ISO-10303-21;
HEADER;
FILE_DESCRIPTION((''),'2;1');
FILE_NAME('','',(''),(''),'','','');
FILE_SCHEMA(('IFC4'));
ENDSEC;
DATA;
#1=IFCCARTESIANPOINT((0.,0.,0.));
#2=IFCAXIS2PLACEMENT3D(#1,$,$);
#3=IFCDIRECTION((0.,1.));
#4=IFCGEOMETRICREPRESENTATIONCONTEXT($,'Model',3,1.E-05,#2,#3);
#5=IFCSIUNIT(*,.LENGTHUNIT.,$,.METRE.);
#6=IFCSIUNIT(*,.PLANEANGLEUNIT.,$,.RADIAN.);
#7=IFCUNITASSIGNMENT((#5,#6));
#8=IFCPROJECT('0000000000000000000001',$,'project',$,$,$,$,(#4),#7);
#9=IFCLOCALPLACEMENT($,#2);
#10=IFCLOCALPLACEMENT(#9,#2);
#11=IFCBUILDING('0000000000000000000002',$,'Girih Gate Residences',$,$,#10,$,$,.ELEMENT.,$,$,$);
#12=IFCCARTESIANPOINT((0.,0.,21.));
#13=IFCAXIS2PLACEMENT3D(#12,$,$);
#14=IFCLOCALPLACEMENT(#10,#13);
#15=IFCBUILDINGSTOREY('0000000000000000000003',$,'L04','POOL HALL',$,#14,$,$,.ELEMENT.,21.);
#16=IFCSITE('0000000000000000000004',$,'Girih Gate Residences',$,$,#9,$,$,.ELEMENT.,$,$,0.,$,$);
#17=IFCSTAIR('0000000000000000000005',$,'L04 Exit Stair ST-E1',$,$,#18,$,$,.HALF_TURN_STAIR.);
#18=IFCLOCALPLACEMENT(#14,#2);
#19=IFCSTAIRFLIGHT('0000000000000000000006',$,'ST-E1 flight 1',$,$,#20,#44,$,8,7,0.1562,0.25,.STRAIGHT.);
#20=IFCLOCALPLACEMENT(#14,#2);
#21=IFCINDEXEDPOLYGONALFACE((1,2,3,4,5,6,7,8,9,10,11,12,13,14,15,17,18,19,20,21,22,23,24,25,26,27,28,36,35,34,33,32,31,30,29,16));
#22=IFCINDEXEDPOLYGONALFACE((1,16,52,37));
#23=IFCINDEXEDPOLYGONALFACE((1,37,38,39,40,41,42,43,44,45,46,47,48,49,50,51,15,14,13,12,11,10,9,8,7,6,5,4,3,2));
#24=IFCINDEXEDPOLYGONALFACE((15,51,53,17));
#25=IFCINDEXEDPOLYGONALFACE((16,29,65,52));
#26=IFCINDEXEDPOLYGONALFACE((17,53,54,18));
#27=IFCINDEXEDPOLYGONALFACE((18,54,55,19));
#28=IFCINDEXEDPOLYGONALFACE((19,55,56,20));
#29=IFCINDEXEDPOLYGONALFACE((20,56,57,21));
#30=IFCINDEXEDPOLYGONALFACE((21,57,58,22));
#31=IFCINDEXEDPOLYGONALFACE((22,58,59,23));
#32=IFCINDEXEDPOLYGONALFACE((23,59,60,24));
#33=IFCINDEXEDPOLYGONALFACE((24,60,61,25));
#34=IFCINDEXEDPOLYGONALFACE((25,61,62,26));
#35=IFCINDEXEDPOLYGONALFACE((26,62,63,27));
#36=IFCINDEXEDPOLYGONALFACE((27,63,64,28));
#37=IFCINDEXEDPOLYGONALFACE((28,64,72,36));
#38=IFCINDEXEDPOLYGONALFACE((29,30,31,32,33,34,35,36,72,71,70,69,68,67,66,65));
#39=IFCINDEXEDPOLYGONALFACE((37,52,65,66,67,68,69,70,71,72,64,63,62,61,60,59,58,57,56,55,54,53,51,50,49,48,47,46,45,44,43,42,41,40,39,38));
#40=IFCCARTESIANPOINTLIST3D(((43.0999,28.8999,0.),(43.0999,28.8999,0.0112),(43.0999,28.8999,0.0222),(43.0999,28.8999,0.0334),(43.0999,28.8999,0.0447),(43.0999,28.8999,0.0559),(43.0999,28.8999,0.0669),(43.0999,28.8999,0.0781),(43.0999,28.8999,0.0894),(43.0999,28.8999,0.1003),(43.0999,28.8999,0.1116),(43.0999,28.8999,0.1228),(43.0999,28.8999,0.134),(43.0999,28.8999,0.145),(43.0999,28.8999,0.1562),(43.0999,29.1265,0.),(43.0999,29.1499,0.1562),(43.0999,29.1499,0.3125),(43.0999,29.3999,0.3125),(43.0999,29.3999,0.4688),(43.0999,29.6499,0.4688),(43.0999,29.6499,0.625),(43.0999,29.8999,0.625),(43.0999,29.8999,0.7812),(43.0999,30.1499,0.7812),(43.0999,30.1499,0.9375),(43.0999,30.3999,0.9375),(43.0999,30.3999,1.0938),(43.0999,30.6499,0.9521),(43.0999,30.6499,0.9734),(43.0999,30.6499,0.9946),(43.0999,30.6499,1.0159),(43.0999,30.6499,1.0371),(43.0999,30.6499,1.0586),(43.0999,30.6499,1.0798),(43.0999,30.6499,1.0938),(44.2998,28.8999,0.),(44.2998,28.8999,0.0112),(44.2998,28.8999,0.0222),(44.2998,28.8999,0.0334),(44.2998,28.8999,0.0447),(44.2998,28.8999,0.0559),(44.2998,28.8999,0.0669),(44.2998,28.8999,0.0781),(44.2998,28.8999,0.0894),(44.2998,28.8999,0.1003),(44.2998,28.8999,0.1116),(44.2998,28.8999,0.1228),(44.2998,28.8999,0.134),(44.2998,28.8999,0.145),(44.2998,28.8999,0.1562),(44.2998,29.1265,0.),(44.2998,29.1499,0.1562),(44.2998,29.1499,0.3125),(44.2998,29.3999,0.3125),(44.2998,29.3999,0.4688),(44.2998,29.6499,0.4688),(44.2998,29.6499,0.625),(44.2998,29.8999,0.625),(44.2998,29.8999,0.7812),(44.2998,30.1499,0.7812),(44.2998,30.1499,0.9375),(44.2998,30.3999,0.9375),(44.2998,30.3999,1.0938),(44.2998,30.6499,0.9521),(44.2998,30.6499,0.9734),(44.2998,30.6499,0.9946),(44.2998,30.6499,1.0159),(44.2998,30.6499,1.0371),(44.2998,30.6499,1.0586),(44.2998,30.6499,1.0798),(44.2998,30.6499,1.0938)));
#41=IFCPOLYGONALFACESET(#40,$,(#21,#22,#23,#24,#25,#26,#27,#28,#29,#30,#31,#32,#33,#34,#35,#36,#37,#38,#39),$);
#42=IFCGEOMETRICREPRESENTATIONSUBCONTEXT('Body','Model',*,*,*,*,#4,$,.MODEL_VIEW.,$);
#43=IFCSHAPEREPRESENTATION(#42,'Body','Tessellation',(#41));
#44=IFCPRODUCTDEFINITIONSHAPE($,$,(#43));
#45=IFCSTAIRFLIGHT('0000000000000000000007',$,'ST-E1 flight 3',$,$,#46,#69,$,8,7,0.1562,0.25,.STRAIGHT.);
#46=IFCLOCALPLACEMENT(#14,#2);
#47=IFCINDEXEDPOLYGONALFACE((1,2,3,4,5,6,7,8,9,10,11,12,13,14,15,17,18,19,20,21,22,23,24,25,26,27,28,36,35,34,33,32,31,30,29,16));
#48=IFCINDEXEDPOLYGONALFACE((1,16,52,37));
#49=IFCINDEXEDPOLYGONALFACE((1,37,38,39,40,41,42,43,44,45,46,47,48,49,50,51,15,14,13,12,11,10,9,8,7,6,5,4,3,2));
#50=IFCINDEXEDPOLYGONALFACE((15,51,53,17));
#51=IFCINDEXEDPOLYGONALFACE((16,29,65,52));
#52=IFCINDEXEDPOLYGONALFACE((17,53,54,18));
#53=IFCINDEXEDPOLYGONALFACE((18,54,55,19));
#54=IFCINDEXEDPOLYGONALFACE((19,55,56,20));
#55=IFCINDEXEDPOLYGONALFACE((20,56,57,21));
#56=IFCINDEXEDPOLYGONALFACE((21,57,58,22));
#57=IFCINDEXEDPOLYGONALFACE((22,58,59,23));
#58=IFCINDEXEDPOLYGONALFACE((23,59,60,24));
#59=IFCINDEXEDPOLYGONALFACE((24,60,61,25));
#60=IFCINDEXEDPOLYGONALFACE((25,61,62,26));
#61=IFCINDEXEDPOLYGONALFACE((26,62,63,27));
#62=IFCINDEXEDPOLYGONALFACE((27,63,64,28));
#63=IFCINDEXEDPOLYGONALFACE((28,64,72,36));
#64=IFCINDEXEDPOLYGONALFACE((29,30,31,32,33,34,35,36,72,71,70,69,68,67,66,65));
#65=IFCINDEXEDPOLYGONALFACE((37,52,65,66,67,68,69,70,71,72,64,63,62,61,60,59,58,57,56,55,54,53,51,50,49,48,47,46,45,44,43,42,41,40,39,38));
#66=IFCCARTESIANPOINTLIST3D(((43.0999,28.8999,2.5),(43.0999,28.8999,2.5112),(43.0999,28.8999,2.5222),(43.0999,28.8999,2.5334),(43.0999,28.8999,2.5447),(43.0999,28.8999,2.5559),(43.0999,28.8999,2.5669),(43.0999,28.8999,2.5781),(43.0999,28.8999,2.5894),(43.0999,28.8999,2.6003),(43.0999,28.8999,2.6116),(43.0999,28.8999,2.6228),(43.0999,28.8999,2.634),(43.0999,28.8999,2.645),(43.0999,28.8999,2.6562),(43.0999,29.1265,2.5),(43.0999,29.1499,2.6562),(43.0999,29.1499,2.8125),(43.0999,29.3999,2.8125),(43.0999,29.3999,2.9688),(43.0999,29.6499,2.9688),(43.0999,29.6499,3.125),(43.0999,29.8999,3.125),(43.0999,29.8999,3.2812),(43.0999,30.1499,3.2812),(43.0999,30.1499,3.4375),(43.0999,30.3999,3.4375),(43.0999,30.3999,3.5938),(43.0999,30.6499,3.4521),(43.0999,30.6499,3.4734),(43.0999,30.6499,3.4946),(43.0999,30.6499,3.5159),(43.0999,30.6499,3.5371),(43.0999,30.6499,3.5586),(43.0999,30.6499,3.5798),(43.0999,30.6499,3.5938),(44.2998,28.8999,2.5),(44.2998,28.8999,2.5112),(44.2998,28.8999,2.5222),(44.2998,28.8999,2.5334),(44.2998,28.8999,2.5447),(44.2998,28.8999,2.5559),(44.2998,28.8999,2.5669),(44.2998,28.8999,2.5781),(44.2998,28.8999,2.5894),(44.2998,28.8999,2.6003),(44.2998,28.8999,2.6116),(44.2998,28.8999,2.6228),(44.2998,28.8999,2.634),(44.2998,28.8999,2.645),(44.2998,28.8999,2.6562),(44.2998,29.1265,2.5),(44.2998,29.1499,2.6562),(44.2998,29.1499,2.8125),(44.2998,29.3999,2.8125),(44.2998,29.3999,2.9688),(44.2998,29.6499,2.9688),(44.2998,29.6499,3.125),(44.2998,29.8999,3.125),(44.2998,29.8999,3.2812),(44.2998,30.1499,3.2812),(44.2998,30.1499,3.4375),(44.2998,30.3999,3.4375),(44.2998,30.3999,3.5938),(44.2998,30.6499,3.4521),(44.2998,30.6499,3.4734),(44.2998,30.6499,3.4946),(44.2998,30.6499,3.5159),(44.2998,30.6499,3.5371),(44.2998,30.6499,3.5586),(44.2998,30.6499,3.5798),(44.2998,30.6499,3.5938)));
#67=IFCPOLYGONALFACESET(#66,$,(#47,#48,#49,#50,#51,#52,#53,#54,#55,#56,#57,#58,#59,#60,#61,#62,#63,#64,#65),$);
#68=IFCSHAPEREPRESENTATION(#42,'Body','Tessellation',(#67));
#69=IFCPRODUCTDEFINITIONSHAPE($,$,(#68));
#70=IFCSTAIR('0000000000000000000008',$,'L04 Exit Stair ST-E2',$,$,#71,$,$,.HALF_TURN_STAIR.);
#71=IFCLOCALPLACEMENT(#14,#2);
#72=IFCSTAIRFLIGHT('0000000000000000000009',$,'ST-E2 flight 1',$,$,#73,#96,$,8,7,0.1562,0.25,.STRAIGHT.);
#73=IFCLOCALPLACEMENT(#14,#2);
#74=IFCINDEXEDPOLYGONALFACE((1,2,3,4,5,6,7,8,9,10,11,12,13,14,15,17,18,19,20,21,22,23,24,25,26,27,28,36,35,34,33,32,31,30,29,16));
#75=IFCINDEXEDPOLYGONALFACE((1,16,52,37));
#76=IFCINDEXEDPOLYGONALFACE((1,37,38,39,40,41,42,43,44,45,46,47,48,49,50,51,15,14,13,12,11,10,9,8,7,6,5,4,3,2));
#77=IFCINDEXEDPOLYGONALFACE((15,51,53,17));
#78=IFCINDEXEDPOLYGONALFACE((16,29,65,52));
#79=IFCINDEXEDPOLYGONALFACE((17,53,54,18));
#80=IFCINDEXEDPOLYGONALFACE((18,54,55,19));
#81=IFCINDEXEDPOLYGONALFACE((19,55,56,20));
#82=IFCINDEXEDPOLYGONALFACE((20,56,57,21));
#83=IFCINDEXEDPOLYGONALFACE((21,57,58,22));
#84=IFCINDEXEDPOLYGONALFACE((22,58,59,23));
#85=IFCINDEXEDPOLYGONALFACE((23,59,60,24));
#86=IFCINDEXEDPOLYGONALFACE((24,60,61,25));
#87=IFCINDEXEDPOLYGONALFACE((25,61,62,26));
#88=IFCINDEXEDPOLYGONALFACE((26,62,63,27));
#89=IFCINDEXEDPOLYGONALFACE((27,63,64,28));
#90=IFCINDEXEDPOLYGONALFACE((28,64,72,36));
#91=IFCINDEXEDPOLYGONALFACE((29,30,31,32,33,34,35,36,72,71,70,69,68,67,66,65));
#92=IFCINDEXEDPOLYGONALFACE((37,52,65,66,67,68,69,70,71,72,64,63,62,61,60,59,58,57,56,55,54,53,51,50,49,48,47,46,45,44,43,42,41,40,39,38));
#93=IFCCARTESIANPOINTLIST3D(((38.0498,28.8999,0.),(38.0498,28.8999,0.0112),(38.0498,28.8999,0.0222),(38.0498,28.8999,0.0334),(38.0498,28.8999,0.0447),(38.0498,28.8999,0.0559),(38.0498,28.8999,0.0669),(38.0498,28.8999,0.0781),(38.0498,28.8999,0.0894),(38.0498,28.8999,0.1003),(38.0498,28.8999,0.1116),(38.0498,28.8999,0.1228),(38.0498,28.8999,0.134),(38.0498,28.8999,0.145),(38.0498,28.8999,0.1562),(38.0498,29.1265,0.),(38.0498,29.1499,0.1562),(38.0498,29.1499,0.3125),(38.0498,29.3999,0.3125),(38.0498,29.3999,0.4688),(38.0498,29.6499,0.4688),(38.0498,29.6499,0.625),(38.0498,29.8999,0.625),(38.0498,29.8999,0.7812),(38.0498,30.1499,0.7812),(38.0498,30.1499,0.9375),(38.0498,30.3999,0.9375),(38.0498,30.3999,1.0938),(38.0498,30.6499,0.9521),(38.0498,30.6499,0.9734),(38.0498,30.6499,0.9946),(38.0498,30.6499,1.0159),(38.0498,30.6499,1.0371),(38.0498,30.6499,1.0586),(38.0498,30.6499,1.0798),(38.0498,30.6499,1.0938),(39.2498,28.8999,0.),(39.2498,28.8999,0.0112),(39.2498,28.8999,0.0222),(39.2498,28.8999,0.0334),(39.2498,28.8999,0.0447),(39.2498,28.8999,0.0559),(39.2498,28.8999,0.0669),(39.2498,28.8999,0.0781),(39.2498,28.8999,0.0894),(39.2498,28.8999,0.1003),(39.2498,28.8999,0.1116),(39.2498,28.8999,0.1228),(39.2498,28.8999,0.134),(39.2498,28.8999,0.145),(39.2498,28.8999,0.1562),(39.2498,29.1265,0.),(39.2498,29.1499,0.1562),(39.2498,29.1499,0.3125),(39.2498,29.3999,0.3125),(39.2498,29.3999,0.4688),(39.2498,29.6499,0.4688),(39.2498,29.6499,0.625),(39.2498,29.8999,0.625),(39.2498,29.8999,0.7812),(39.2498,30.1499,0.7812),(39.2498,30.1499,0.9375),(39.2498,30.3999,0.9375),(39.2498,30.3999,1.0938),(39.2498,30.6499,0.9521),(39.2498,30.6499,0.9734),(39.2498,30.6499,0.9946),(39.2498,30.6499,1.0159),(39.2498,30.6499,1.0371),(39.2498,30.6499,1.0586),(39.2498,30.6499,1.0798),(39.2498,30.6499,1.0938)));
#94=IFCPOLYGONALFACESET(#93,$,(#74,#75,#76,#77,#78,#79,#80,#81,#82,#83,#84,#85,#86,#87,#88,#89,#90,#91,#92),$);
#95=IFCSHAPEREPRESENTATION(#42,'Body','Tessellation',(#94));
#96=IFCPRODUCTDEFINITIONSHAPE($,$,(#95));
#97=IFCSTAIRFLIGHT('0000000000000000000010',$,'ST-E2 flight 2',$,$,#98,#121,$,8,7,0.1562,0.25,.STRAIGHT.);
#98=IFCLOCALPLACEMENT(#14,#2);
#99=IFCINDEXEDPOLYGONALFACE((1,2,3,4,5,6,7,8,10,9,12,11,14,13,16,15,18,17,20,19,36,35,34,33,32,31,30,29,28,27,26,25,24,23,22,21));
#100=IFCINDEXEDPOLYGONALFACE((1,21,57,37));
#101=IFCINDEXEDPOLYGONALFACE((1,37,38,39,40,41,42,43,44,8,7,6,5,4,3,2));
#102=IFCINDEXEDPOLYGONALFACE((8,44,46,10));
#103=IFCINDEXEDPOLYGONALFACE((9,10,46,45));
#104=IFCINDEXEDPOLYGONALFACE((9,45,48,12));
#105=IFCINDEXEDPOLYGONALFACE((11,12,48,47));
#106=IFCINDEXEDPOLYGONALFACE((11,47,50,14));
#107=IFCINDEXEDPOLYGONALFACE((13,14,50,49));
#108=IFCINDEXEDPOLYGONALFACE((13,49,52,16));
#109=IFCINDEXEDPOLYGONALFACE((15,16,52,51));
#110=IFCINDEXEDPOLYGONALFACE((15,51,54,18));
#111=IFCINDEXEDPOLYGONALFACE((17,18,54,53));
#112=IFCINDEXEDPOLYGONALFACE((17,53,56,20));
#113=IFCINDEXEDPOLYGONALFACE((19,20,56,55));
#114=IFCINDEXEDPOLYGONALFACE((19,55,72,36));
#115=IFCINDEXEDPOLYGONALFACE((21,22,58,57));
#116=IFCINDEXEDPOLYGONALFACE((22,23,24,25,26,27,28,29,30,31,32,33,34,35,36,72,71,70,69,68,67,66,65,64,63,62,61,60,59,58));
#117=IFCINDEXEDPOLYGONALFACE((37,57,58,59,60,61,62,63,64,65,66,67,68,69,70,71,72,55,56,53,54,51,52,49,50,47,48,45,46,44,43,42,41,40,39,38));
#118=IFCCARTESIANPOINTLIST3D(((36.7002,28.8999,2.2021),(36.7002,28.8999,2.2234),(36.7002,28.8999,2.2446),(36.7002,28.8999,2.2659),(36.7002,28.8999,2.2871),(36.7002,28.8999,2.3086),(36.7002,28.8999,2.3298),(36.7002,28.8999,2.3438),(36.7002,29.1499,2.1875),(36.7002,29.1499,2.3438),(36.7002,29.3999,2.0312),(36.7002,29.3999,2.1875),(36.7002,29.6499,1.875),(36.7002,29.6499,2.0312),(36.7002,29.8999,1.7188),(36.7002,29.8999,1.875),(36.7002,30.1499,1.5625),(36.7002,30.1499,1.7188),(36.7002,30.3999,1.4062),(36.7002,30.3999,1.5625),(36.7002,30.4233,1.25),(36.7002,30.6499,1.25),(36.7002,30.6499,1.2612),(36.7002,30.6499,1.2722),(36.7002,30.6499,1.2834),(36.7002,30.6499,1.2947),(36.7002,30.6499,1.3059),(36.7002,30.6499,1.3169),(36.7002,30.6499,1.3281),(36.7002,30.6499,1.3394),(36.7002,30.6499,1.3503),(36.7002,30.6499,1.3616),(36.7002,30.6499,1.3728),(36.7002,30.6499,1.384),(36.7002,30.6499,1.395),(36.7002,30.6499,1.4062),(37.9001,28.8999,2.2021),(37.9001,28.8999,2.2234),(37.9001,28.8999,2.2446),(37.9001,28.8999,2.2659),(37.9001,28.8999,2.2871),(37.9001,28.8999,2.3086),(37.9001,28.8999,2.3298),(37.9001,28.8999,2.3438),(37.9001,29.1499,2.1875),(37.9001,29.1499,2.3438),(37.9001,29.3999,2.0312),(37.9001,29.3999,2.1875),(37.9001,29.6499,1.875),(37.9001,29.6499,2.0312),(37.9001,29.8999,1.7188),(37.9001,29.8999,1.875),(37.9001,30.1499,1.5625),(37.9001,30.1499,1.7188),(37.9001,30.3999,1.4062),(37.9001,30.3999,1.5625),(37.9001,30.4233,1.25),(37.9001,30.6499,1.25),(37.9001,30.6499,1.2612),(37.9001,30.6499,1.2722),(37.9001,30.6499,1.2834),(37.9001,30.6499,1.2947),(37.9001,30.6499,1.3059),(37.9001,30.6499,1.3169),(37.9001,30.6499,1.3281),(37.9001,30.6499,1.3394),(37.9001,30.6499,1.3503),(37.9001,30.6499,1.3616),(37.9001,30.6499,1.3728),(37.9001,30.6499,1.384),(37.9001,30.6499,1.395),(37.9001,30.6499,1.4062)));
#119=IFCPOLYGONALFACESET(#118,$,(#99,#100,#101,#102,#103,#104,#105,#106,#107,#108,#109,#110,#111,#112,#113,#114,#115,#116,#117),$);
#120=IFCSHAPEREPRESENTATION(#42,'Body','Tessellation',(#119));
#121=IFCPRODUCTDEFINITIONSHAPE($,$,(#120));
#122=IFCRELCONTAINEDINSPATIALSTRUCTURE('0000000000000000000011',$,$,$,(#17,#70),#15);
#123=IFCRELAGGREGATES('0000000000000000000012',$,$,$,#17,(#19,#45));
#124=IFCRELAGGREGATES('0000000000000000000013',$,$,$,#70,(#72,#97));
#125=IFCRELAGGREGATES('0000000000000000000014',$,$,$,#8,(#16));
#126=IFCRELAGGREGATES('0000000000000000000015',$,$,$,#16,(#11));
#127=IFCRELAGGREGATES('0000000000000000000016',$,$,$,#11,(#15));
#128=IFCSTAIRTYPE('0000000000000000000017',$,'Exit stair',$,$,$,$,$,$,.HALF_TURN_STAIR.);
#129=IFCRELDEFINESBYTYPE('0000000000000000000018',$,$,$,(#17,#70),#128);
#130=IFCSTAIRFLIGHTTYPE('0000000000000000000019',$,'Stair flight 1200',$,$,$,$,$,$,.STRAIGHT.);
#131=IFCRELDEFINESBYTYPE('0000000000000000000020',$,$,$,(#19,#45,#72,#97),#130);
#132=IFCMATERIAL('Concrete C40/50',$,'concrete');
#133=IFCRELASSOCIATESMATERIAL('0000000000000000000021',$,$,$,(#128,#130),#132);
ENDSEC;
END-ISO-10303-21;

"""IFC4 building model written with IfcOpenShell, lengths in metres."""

from ifc_helpers import new_model, si_unit, direction, frame, origin, place, context, subcontext, project, spatial, polyline, outline, extrude, material, type_object, element, aggregate, save


model = new_model("IFC4")

# Units and contexts
model_context = context("Model", 3, precision=1e-05, world=origin(), true_north=direction((0.0, 1.0)))
body_context = subcontext(model_context, "Body", "Model", "MODEL_VIEW")
ifc_project = project(units=[si_unit("LENGTHUNIT", "METRE"), si_unit("PLANEANGLEUNIT", "RADIAN")], contexts=[model_context])

# Site, building, storey
site_placement = place(None, origin())
site = spatial("IfcSite", under=ifc_project, at=site_placement, Name="Girih Gate Residences", CompositionType="ELEMENT", RefElevation=0.0)
building_placement = place(site_placement, origin())
building = spatial("IfcBuilding", under=site, at=building_placement, Name="Girih Gate Residences", CompositionType="ELEMENT")
storey_placement = place(building_placement, frame((0.0, 0.0, 21.0)))
storey = spatial("IfcBuildingStorey", under=building, at=storey_placement, Name="L04", Description="POOL HALL", CompositionType="ELEMENT", Elevation=21.0)

# Stairs, stair flights
ifc_material_1 = material(Name="Concrete C40/50", Category="concrete")
stair_type = type_object("IfcStairType", Name="Exit stair", PredefinedType="HALF_TURN_STAIR", material=ifc_material_1)
stair_1_placement = place(storey_placement, origin())
stair_1 = element("IfcStair", 1, at=stair_1_placement, inside=storey, type_object=stair_type, Name="L04 Exit Stair ST-E1", PredefinedType="HALF_TURN_STAIR")
stair_flight_type = type_object("IfcStairFlightType", Name="Stair flight 1200", PredefinedType="STRAIGHT", material=ifc_material_1)
stair_flight_1_placement = place(storey_placement, frame((43.7, 28.8999, 0.0), z_axis=(0.0, 0.0, 1.0), x_axis=(0.0, 1.0, 0.0)))
stair_flight_1 = element("IfcStairFlight", 2, at=stair_flight_1_placement, type_object=stair_flight_type, Name="ST-E1 flight 1", NumberOfRisers=8, NumberOfTreads=7, PredefinedType="STRAIGHT", RiserHeight=0.1562, TreadLength=0.25, context=body_context, shape_type="SweptSolid", body=[
    extrude(outline(polyline([(0.0, 0.0), (0.0, 0.0112), (0.0, 0.0222), (0.0, 0.0334), (0.0, 0.0447), (0.0, 0.0559), (0.0, 0.0669), (0.0, 0.0781), (0.0, 0.0894), (0.0, 0.1003), (0.0, 0.1116), (0.0, 0.1228), (0.0, 0.134), (0.0, 0.145), (0.0, 0.1562), (0.25, 0.1562), (0.25, 0.3125), (0.5, 0.3125), (0.5, 0.4688), (0.75, 0.4688), (0.75, 0.625), (1.0, 0.625), (1.0, 0.7812), (1.25, 0.7812), (1.25, 0.9375), (1.5, 0.9375), (1.5, 1.0938), (1.75, 1.0938), (1.75, 1.105), (1.75, 1.116), (1.75, 1.1272), (1.75, 1.1384), (1.75, 1.1497), (1.75, 1.1606), (1.75, 1.1719), (1.75, 1.1831), (1.75, 1.1941), (1.75, 1.2053), (1.75, 1.2166), (1.75, 1.2278), (1.75, 1.2388), (1.75, 1.25), (1.75, 1.2288), (1.75, 1.2075), (1.75, 1.1863), (1.75, 1.1648), (1.75, 1.1436), (1.75, 1.1223), (1.75, 1.1011), (1.75, 1.0798), (1.75, 1.0586), (1.75, 1.0371), (1.75, 1.0159), (1.75, 0.9946), (1.75, 0.9734), (1.75, 0.9521), (0.2266, 0.0), (0.0, 0.0)])), frame((0.0, 0.6001, 0.0), z_axis=(0.0, -1.0, 0.0), x_axis=(1.0, 0.0, 0.0)), (0.0, 0.0, 1.0), 1.2),
])
stair_flight_2_placement = place(storey_placement, frame((43.7, 28.8999, 2.5), z_axis=(0.0, 0.0, 1.0), x_axis=(0.0, 1.0, 0.0)))
stair_flight_2 = element("IfcStairFlight", 3, at=stair_flight_2_placement, type_object=stair_flight_type, Name="ST-E1 flight 3", NumberOfRisers=8, NumberOfTreads=7, PredefinedType="STRAIGHT", RiserHeight=0.1562, TreadLength=0.25, context=body_context, shape_type="SweptSolid", body=[
    extrude(outline(polyline([(0.0, 0.0), (0.0, 0.0112), (0.0, 0.0222), (0.0, 0.0334), (0.0, 0.0447), (0.0, 0.0559), (0.0, 0.0669), (0.0, 0.0781), (0.0, 0.0894), (0.0, 0.1003), (0.0, 0.1116), (0.0, 0.1228), (0.0, 0.134), (0.0, 0.145), (0.0, 0.1562), (0.25, 0.1562), (0.25, 0.3125), (0.5, 0.3125), (0.5, 0.4688), (0.75, 0.4688), (0.75, 0.625), (1.0, 0.625), (1.0, 0.7812), (1.25, 0.7812), (1.25, 0.9375), (1.5, 0.9375), (1.5, 1.0938), (1.75, 1.0938), (1.75, 1.105), (1.75, 1.116), (1.75, 1.1272), (1.75, 1.1384), (1.75, 1.1497), (1.75, 1.1606), (1.75, 1.1719), (1.75, 1.1831), (1.75, 1.1941), (1.75, 1.2053), (1.75, 1.2166), (1.75, 1.2278), (1.75, 1.2388), (1.75, 1.25), (1.75, 1.2288), (1.75, 1.2075), (1.75, 1.1863), (1.75, 1.1648), (1.75, 1.1436), (1.75, 1.1223), (1.75, 1.1011), (1.75, 1.0798), (1.75, 1.0586), (1.75, 1.0371), (1.75, 1.0159), (1.75, 0.9946), (1.75, 0.9734), (1.75, 0.9521), (0.2266, 0.0), (0.0, 0.0)])), frame((0.0, 0.6001, 0.0), z_axis=(0.0, -1.0, 0.0), x_axis=(1.0, 0.0, 0.0)), (0.0, 0.0, 1.0), 1.2),
])
aggregate(stair_1, [stair_flight_1, stair_flight_2])
stair_2_placement = place(storey_placement, origin())
stair_2 = element("IfcStair", 4, at=stair_2_placement, inside=storey, type_object=stair_type, Name="L04 Exit Stair ST-E2", PredefinedType="HALF_TURN_STAIR")
stair_flight_3_placement = place(storey_placement, frame((38.6499, 28.8999, 0.0), z_axis=(0.0, 0.0, 1.0), x_axis=(0.0, 1.0, 0.0)))
stair_flight_3 = element("IfcStairFlight", 5, at=stair_flight_3_placement, type_object=stair_flight_type, Name="ST-E2 flight 1", NumberOfRisers=8, NumberOfTreads=7, PredefinedType="STRAIGHT", RiserHeight=0.1562, TreadLength=0.25, context=body_context, shape_type="SweptSolid", body=[
    extrude(outline(polyline([(0.0, 0.0), (0.0, 0.0112), (0.0, 0.0222), (0.0, 0.0334), (0.0, 0.0447), (0.0, 0.0559), (0.0, 0.0669), (0.0, 0.0781), (0.0, 0.0894), (0.0, 0.1003), (0.0, 0.1116), (0.0, 0.1228), (0.0, 0.134), (0.0, 0.145), (0.0, 0.1562), (0.25, 0.1562), (0.25, 0.3125), (0.5, 0.3125), (0.5, 0.4688), (0.75, 0.4688), (0.75, 0.625), (1.0, 0.625), (1.0, 0.7812), (1.25, 0.7812), (1.25, 0.9375), (1.5, 0.9375), (1.5, 1.0938), (1.75, 1.0938), (1.75, 1.105), (1.75, 1.116), (1.75, 1.1272), (1.75, 1.1384), (1.75, 1.1497), (1.75, 1.1606), (1.75, 1.1719), (1.75, 1.1831), (1.75, 1.1941), (1.75, 1.2053), (1.75, 1.2166), (1.75, 1.2278), (1.75, 1.2388), (1.75, 1.25), (1.75, 1.2288), (1.75, 1.2075), (1.75, 1.1863), (1.75, 1.1648), (1.75, 1.1436), (1.75, 1.1223), (1.75, 1.1011), (1.75, 1.0798), (1.75, 1.0586), (1.75, 1.0371), (1.75, 1.0159), (1.75, 0.9946), (1.75, 0.9734), (1.75, 0.9521), (0.2266, 0.0), (0.0, 0.0)])), frame((0.0, 0.6001, 0.0), z_axis=(0.0, -1.0, 0.0), x_axis=(1.0, 0.0, 0.0)), (0.0, 0.0, 1.0), 1.2),
])
stair_flight_4_placement = place(storey_placement, frame((37.3, 30.6499, 1.25), z_axis=(0.0, 0.0, 1.0), x_axis=(0.0, -1.0, 0.0)))
stair_flight_4 = element("IfcStairFlight", 6, at=stair_flight_4_placement, type_object=stair_flight_type, Name="ST-E2 flight 2", NumberOfRisers=8, NumberOfTreads=7, PredefinedType="STRAIGHT", RiserHeight=0.1562, TreadLength=0.25, context=body_context, shape_type="SweptSolid", body=[
    extrude(outline(polyline([(0.0, 0.0), (0.0, 0.0112), (0.0, 0.0222), (0.0, 0.0334), (0.0, 0.0447), (0.0, 0.0559), (0.0, 0.0669), (0.0, 0.0781), (0.0, 0.0894), (0.0, 0.1003), (0.0, 0.1116), (0.0, 0.1228), (0.0, 0.134), (0.0, 0.145), (0.0, 0.1562), (0.25, 0.1562), (0.25, 0.3125), (0.5, 0.3125), (0.5, 0.4688), (0.75, 0.4688), (0.75, 0.625), (1.0, 0.625), (1.0, 0.7812), (1.25, 0.7812), (1.25, 0.9375), (1.5, 0.9375), (1.5, 1.0938), (1.75, 1.0938), (1.75, 1.105), (1.75, 1.116), (1.75, 1.1272), (1.75, 1.1384), (1.75, 1.1497), (1.75, 1.1606), (1.75, 1.1719), (1.75, 1.1831), (1.75, 1.1941), (1.75, 1.2053), (1.75, 1.2166), (1.75, 1.2278), (1.75, 1.2388), (1.75, 1.25), (1.75, 1.2288), (1.75, 1.2075), (1.75, 1.1863), (1.75, 1.1648), (1.75, 1.1436), (1.75, 1.1223), (1.75, 1.1011), (1.75, 1.0798), (1.75, 1.0586), (1.75, 1.0371), (1.75, 1.0159), (1.75, 0.9946), (1.75, 0.9734), (1.75, 0.9521), (0.2266, 0.0), (0.0, 0.0)])), frame((0.0, 0.6001, 0.0), z_axis=(0.0, -1.0, 0.0), x_axis=(1.0, 0.0, 0.0)), (0.0, 0.0, 1.0), 1.2),
])
aggregate(stair_2, [stair_flight_3, stair_flight_4])

save(model, "model.ifc")
